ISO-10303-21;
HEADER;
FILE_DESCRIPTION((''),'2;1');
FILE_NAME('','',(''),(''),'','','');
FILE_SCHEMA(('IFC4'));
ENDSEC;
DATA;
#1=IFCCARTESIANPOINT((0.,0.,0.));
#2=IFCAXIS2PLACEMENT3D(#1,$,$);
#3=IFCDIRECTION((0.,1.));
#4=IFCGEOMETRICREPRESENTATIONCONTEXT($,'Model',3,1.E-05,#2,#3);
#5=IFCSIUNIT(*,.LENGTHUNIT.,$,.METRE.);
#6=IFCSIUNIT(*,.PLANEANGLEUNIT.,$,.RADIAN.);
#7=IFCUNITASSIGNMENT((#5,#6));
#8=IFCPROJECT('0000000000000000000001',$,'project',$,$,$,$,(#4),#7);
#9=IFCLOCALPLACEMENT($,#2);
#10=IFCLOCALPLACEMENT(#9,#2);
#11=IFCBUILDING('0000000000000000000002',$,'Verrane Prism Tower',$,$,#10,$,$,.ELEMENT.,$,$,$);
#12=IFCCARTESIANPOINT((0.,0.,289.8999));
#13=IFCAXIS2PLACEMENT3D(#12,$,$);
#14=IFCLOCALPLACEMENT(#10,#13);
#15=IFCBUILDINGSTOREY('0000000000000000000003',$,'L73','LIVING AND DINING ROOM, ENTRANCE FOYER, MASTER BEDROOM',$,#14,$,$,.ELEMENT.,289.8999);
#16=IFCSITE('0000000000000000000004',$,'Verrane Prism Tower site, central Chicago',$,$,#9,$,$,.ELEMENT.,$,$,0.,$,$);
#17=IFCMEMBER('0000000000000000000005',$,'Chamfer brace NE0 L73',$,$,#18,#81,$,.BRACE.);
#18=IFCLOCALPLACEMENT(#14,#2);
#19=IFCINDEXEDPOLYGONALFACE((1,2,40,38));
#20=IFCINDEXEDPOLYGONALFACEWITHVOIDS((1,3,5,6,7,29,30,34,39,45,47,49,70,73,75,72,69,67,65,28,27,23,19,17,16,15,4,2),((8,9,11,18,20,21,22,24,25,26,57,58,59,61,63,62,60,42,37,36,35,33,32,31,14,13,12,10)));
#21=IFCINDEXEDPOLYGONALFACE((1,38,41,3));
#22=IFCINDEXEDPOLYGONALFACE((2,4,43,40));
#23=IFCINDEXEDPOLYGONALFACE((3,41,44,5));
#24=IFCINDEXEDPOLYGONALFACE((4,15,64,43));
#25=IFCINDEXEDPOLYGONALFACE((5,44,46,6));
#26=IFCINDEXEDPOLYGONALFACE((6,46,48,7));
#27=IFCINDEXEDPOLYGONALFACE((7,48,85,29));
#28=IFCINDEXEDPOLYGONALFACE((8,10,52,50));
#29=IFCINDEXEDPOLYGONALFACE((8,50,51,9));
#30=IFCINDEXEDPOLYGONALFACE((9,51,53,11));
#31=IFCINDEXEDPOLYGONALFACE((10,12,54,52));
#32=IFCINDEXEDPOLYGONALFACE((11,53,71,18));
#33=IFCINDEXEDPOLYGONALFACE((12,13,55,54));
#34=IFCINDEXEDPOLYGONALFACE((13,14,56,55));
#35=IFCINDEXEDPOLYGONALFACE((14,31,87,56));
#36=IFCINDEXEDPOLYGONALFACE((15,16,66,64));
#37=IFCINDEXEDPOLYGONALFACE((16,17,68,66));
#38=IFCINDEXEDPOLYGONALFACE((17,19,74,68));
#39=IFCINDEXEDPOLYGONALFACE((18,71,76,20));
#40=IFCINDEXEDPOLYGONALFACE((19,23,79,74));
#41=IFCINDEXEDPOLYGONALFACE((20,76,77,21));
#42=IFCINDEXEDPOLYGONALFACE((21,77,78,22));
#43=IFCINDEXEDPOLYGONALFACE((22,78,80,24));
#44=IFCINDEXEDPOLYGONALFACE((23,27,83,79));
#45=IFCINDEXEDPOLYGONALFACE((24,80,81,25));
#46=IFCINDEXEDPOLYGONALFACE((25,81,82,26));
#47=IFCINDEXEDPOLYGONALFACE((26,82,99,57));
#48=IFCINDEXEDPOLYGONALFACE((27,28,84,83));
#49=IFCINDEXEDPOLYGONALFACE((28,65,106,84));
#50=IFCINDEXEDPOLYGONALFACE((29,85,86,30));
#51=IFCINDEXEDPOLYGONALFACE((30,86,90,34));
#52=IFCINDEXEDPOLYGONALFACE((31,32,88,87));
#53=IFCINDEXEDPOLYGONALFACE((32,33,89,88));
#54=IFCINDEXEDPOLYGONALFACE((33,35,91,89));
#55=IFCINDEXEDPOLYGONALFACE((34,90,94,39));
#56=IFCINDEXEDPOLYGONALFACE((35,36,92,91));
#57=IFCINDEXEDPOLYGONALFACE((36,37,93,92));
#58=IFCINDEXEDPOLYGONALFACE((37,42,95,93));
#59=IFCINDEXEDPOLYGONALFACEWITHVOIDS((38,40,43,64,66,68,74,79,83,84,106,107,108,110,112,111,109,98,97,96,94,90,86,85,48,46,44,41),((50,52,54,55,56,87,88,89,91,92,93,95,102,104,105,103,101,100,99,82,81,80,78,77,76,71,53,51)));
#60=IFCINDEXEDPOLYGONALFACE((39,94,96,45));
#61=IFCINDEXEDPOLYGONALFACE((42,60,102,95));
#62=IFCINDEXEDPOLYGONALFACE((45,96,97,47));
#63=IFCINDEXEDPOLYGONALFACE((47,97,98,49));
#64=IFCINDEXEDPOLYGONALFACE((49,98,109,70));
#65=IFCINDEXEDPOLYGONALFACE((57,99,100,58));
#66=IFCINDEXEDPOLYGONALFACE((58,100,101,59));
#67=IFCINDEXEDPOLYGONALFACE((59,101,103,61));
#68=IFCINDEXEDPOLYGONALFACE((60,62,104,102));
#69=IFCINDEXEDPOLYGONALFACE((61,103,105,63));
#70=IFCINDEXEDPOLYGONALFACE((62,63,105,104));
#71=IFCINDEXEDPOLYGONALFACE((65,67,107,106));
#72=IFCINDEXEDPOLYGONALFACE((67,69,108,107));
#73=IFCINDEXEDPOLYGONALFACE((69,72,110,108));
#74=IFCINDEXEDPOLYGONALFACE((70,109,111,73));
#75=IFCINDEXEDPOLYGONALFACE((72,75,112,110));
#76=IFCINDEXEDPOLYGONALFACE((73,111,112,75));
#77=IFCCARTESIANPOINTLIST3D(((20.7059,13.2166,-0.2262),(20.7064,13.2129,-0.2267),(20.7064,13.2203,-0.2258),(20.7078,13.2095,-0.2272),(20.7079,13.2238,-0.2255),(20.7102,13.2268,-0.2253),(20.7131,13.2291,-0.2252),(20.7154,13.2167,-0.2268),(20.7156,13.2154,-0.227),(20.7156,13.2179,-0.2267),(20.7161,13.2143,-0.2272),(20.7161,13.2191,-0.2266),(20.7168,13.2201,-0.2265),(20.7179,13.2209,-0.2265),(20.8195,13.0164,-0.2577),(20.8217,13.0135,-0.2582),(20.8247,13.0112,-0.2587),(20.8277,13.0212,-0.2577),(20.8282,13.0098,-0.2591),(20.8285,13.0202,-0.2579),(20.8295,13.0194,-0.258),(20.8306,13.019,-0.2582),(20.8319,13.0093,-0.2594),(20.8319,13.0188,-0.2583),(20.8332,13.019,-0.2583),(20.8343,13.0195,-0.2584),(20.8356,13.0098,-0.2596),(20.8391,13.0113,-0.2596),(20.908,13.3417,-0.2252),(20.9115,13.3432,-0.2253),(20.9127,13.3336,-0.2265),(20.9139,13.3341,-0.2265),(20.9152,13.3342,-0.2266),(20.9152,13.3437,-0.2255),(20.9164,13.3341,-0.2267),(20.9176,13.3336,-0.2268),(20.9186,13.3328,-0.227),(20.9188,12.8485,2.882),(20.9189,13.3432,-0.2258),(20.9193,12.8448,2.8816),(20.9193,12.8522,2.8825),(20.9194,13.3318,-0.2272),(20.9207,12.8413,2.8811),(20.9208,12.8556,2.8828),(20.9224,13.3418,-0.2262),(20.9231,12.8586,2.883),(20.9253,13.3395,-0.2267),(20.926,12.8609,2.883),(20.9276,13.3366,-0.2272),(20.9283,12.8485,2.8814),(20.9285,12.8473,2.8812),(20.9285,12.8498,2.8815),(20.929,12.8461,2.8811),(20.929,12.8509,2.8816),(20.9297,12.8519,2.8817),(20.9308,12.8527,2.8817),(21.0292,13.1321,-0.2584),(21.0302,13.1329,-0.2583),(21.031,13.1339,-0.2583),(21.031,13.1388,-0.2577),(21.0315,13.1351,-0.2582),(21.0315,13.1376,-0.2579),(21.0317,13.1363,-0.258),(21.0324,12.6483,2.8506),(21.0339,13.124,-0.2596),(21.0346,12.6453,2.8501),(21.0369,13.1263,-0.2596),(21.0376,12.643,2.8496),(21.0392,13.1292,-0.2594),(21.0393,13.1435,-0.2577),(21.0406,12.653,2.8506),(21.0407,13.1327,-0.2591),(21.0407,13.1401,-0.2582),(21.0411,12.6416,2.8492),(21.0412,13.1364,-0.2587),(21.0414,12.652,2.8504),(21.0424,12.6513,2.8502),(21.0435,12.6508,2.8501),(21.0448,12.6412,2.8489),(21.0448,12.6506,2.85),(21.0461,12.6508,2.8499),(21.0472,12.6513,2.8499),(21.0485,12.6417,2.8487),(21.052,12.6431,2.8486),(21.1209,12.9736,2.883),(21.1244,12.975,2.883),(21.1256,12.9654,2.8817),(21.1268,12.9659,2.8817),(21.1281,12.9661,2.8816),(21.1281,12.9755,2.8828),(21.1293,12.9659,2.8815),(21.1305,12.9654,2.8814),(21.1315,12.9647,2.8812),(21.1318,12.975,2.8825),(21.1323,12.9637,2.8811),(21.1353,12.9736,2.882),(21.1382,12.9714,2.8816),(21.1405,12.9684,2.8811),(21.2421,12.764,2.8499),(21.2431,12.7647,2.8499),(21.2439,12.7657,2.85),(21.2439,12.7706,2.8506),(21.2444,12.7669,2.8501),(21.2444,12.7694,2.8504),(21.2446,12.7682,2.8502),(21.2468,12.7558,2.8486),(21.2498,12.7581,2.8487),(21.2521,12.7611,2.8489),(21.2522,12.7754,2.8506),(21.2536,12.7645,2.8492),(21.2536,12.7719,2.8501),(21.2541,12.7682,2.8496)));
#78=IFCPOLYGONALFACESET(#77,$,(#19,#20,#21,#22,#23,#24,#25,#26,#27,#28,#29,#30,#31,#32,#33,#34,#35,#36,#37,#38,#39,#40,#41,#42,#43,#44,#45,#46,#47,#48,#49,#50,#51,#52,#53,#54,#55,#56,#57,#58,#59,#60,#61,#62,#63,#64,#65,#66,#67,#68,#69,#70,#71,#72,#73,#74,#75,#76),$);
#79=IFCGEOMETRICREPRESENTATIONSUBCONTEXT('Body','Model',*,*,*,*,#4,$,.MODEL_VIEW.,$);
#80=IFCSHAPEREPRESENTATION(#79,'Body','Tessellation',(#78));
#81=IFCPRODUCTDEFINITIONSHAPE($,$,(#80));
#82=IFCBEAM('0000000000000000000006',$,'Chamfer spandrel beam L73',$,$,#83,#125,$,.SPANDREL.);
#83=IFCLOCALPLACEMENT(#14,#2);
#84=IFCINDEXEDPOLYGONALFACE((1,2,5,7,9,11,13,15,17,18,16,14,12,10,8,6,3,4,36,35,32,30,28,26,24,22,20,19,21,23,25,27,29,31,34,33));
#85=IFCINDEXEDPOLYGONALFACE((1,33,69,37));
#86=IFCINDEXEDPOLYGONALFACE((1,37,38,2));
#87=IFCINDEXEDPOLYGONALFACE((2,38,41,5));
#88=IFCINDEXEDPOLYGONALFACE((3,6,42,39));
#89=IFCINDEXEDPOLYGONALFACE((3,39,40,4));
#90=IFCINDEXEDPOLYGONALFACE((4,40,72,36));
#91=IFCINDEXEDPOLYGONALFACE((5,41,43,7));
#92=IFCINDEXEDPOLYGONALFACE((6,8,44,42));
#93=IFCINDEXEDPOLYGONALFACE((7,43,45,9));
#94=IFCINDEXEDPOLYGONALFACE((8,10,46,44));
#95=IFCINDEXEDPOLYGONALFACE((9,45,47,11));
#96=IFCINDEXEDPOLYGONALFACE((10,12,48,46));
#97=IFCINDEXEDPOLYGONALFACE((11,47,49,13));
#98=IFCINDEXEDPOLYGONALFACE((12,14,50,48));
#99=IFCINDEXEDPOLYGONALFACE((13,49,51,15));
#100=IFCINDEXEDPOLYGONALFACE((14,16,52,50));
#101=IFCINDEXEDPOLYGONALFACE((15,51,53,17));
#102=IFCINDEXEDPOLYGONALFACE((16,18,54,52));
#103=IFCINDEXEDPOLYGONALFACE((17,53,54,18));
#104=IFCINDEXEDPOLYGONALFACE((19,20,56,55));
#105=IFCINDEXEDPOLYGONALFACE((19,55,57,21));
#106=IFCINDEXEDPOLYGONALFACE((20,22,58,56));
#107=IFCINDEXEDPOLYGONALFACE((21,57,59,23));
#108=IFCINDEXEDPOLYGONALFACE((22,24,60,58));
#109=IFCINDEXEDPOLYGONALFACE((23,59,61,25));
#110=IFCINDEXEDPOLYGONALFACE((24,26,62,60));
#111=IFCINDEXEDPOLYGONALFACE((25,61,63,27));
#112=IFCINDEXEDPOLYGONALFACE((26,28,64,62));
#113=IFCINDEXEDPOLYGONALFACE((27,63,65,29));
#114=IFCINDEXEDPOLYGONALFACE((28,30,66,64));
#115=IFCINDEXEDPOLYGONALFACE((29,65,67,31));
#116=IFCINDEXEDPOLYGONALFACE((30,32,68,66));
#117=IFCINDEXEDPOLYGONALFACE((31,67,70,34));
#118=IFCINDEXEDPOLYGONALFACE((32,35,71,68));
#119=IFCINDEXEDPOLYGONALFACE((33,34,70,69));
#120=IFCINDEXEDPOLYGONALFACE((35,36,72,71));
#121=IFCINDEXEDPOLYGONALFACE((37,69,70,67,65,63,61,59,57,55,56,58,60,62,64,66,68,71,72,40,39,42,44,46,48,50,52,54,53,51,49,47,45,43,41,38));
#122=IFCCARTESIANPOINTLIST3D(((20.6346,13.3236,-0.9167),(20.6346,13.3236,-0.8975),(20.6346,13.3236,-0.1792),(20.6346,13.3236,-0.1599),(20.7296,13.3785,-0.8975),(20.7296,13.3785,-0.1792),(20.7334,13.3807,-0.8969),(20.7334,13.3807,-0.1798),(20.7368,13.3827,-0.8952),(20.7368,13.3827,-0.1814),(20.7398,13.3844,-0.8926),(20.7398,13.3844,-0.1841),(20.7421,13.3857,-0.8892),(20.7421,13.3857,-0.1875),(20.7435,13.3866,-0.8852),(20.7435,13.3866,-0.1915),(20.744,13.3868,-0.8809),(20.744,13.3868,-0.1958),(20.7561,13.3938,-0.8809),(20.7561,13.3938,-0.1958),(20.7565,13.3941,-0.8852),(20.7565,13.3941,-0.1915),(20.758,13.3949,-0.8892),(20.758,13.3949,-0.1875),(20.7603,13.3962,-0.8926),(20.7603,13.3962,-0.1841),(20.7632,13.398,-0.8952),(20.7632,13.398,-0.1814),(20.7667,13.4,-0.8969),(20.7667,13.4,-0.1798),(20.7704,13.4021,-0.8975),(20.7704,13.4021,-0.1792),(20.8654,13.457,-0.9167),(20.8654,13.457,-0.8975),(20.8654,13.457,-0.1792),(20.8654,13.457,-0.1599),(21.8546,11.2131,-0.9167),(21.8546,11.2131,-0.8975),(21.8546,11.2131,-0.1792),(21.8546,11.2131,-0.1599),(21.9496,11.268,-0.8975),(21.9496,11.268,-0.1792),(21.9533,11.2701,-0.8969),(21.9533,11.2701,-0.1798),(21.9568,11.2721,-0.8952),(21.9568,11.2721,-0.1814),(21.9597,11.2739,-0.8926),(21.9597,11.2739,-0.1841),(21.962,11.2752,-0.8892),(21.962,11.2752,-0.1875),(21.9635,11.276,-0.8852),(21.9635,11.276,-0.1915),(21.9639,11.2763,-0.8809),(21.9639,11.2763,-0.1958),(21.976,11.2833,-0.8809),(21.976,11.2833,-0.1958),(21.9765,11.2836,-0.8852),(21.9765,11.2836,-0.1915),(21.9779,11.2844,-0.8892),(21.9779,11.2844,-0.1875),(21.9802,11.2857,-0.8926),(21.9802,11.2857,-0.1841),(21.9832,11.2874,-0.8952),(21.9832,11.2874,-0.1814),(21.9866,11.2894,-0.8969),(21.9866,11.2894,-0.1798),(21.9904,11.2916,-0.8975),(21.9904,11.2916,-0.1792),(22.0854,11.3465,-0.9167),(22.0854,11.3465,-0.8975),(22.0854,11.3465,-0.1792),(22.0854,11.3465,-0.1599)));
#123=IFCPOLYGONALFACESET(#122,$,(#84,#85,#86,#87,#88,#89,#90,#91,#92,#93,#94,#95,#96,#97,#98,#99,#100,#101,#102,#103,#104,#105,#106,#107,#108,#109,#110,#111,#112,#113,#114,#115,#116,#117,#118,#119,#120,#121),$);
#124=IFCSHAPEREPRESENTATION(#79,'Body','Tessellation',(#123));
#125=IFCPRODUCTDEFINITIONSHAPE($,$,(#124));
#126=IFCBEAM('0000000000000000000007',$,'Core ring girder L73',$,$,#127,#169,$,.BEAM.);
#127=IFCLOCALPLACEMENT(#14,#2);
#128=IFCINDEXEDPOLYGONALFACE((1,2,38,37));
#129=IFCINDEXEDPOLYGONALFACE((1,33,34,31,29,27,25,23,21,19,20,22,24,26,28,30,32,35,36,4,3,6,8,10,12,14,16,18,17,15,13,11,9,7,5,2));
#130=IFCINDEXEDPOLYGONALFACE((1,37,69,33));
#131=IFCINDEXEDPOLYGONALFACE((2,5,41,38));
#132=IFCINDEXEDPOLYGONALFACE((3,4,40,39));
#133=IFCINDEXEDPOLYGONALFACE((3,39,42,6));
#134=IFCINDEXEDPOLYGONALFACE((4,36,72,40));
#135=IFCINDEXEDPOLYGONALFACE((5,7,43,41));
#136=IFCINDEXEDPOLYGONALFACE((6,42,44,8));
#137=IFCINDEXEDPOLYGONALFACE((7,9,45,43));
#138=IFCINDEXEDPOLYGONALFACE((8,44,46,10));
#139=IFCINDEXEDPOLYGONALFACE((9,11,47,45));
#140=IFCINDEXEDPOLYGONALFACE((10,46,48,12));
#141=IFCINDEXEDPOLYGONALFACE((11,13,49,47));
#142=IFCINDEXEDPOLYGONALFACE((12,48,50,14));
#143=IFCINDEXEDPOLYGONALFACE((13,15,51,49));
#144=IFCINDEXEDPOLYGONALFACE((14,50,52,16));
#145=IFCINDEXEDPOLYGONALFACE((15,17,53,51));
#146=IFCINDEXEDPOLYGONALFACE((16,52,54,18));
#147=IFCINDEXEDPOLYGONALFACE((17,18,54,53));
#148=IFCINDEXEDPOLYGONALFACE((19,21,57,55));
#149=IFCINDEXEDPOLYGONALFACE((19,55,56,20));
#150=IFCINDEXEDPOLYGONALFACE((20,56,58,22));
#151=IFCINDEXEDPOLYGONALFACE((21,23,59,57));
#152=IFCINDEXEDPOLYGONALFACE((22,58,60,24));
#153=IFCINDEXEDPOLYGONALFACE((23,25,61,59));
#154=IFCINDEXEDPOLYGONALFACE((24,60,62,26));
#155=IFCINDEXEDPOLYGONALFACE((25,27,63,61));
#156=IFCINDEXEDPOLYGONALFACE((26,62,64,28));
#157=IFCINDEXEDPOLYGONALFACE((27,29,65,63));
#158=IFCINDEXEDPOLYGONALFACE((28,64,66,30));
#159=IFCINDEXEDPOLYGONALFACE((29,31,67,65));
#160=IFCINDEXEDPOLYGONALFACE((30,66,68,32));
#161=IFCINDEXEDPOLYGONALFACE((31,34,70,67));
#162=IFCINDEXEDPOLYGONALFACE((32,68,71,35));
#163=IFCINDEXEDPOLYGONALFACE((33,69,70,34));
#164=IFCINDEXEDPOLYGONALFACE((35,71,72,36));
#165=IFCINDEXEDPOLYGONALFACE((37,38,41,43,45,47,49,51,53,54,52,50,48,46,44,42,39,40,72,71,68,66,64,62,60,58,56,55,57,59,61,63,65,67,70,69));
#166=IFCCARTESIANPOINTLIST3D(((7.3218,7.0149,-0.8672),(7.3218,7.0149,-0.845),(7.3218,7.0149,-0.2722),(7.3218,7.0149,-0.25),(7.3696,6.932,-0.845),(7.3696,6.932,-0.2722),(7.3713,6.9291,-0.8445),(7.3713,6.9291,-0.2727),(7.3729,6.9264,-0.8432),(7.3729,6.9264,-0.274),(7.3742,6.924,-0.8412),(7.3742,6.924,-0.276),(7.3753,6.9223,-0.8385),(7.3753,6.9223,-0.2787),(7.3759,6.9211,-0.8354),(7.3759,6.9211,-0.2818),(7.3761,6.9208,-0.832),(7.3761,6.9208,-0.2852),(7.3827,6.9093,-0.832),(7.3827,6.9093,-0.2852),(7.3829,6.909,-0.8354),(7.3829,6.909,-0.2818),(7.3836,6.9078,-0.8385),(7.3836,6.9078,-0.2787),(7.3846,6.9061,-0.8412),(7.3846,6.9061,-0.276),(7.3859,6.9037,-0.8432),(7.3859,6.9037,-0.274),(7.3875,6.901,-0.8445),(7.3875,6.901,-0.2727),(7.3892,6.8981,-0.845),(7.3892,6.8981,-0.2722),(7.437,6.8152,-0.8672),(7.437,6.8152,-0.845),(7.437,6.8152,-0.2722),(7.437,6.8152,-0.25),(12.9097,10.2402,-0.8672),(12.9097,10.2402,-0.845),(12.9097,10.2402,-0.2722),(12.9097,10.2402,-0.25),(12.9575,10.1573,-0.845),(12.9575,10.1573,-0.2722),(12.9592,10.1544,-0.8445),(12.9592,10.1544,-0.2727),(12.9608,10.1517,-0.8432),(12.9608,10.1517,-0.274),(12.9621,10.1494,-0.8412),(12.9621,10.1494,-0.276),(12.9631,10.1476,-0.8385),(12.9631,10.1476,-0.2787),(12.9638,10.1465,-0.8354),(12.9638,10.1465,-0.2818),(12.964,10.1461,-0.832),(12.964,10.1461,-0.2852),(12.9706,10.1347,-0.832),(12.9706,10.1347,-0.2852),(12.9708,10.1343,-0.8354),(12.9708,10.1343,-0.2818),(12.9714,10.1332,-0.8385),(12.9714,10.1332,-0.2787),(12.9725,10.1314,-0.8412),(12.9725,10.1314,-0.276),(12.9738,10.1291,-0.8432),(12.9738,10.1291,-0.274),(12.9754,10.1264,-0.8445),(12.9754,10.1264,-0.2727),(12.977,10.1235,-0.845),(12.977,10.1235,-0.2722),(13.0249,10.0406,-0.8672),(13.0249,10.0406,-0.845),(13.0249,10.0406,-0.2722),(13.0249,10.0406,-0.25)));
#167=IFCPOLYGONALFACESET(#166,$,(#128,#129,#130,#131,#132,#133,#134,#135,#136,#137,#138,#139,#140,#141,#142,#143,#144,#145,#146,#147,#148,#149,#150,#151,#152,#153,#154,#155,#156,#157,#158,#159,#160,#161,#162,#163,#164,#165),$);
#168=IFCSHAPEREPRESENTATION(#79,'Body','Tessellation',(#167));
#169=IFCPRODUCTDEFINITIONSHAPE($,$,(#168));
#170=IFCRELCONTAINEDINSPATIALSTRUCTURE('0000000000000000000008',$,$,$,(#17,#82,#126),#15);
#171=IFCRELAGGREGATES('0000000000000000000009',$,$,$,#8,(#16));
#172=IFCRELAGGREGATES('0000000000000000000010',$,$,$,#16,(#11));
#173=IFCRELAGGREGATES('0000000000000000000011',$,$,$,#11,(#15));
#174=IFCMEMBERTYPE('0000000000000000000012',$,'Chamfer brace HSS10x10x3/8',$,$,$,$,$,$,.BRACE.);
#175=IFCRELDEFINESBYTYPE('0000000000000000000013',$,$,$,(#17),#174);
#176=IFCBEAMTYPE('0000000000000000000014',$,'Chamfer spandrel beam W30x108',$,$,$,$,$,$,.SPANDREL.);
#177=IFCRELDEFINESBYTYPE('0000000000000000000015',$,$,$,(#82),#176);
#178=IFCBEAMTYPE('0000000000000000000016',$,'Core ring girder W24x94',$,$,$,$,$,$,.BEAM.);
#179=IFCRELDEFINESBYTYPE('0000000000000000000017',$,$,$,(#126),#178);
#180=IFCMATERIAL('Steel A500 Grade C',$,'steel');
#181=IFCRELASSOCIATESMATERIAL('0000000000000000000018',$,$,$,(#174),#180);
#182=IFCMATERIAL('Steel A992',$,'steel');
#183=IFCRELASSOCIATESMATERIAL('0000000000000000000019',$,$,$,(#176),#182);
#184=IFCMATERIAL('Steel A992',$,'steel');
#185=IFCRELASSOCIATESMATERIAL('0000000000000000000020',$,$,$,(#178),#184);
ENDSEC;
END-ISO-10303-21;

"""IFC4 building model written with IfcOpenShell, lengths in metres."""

from ifc_helpers import new_model, si_unit, direction, frame, origin, origin_2d, place, context, subcontext, project, spatial, hollow_rectangle, i_section, extrude, material, material_profile, profile_set, type_object, element, save


model = new_model("IFC4")

# Units and contexts
model_context = context("Model", 3, precision=1e-05, world=origin(), true_north=direction((0.0, 1.0)))
body_context = subcontext(model_context, "Body", "Model", "MODEL_VIEW")
ifc_project = project(units=[si_unit("LENGTHUNIT", "METRE"), si_unit("PLANEANGLEUNIT", "RADIAN")], contexts=[model_context])

# Site, building, storey
site_placement = place(None, origin())
site = spatial("IfcSite", under=ifc_project, at=site_placement, Name="Verrane Prism Tower site, central Chicago", CompositionType="ELEMENT", RefElevation=0.0)
building_placement = place(site_placement, origin())
building = spatial("IfcBuilding", under=site, at=building_placement, Name="Verrane Prism Tower", CompositionType="ELEMENT")
storey_placement = place(building_placement, frame((0.0, 0.0, 289.8999)))
storey = spatial("IfcBuildingStorey", under=building, at=storey_placement, Name="L73", Description="LIVING AND DINING ROOM, ENTRANCE FOYER, MASTER BEDROOM", CompositionType="ELEMENT", Elevation=289.8999)

# Member
ifc_material_1 = material(Name="Steel A500 Grade C", Category="steel")
ifc_material_profile_1 = material_profile(ifc_material_1, hollow_rectangle(XDim=0.2539, YDim=0.2539, WallThickness=0.0095, InnerFilletRadius=0.0049, OuterFilletRadius=0.0144, at=origin_2d()), Name="HSS10x10x3/8")
ifc_profile_set_1 = profile_set([ifc_material_profile_1], Name="Steel A500 Grade C")
member_type_1 = type_object("IfcMemberType", Name="Chamfer brace HSS10x10x3/8", PredefinedType="BRACE", material=ifc_profile_set_1)
member_1_placement = place(storey_placement, frame((20.8735, 13.1765, -0.2424), z_axis=(0.067862, -0.117358, 0.990768), x_axis=(0.865688, 0.500584, 0.0)))
element("IfcMember", 1, at=member_1_placement, inside=storey, type_object=member_type_1, Name="Chamfer brace NE0 L73", PredefinedType="BRACE", context=body_context, shape_type="SweptSolid", body=[
    extrude(hollow_rectangle(XDim=0.2539, YDim=0.2539, WallThickness=0.0095, InnerFilletRadius=0.0049, OuterFilletRadius=0.0144, at=origin_2d()), origin(), (0.0, 0.0, 1.0), 3.1372),
])

# Beams
ifc_material_2 = material(Name="Steel A992", Category="steel")
ifc_material_profile_2 = material_profile(ifc_material_2, i_section(OverallWidth=0.2666, OverallDepth=0.7568, WebThickness=0.0139, FlangeThickness=0.0193, FilletRadius=0.0166, at=origin_2d()), Name="W30x108")
ifc_profile_set_2 = profile_set([ifc_material_profile_2], Name="Steel A992")
beam_type_1 = type_object("IfcBeamType", Name="Chamfer spandrel beam W30x108", PredefinedType="SPANDREL", material=ifc_profile_set_2)
beam_1_placement = place(storey_placement, frame((21.97, 11.2798, -0.5383), z_axis=(-0.500436, 0.865773, 0.0), x_axis=(-0.865773, -0.500436, 0.0)))
element("IfcBeam", 2, at=beam_1_placement, inside=storey, type_object=beam_type_1, Name="Chamfer spandrel beam L73", PredefinedType="SPANDREL", context=body_context, shape_type="SweptSolid", body=[
    extrude(i_section(OverallWidth=0.2666, OverallDepth=0.7568, WebThickness=0.0139, FlangeThickness=0.0193, FilletRadius=0.0166, at=origin_2d()), origin(), (0.0, 0.0, 1.0), 2.4377),
])
ifc_material_3 = material(Name="Steel A992", Category="steel")
ifc_material_profile_3 = material_profile(ifc_material_3, i_section(OverallWidth=0.2305, OverallDepth=0.6172, WebThickness=0.0132, FlangeThickness=0.0222, FilletRadius=0.0129, at=origin_2d()), Name="W24x94")
ifc_profile_set_3 = profile_set([ifc_material_profile_3], Name="Steel A992")
beam_type_2 = type_object("IfcBeamType", Name="Core ring girder W24x94", PredefinedType="BEAM", material=ifc_profile_set_3)
beam_2_placement = place(storey_placement, frame((12.9673, 10.1404, -0.5586), z_axis=(-0.866081, -0.499904, 0.0), x_axis=(0.499904, -0.866081, 0.0)))
element("IfcBeam", 3, at=beam_2_placement, inside=storey, type_object=beam_type_2, Name="Core ring girder L73", PredefinedType="BEAM", context=body_context, shape_type="SweptSolid", body=[
    extrude(i_section(OverallWidth=0.2305, OverallDepth=0.6172, WebThickness=0.0132, FlangeThickness=0.0222, FilletRadius=0.0129, at=origin_2d()), origin(), (0.0, 0.0, 1.0), 6.4519),
])

save(model, "model.ifc")
